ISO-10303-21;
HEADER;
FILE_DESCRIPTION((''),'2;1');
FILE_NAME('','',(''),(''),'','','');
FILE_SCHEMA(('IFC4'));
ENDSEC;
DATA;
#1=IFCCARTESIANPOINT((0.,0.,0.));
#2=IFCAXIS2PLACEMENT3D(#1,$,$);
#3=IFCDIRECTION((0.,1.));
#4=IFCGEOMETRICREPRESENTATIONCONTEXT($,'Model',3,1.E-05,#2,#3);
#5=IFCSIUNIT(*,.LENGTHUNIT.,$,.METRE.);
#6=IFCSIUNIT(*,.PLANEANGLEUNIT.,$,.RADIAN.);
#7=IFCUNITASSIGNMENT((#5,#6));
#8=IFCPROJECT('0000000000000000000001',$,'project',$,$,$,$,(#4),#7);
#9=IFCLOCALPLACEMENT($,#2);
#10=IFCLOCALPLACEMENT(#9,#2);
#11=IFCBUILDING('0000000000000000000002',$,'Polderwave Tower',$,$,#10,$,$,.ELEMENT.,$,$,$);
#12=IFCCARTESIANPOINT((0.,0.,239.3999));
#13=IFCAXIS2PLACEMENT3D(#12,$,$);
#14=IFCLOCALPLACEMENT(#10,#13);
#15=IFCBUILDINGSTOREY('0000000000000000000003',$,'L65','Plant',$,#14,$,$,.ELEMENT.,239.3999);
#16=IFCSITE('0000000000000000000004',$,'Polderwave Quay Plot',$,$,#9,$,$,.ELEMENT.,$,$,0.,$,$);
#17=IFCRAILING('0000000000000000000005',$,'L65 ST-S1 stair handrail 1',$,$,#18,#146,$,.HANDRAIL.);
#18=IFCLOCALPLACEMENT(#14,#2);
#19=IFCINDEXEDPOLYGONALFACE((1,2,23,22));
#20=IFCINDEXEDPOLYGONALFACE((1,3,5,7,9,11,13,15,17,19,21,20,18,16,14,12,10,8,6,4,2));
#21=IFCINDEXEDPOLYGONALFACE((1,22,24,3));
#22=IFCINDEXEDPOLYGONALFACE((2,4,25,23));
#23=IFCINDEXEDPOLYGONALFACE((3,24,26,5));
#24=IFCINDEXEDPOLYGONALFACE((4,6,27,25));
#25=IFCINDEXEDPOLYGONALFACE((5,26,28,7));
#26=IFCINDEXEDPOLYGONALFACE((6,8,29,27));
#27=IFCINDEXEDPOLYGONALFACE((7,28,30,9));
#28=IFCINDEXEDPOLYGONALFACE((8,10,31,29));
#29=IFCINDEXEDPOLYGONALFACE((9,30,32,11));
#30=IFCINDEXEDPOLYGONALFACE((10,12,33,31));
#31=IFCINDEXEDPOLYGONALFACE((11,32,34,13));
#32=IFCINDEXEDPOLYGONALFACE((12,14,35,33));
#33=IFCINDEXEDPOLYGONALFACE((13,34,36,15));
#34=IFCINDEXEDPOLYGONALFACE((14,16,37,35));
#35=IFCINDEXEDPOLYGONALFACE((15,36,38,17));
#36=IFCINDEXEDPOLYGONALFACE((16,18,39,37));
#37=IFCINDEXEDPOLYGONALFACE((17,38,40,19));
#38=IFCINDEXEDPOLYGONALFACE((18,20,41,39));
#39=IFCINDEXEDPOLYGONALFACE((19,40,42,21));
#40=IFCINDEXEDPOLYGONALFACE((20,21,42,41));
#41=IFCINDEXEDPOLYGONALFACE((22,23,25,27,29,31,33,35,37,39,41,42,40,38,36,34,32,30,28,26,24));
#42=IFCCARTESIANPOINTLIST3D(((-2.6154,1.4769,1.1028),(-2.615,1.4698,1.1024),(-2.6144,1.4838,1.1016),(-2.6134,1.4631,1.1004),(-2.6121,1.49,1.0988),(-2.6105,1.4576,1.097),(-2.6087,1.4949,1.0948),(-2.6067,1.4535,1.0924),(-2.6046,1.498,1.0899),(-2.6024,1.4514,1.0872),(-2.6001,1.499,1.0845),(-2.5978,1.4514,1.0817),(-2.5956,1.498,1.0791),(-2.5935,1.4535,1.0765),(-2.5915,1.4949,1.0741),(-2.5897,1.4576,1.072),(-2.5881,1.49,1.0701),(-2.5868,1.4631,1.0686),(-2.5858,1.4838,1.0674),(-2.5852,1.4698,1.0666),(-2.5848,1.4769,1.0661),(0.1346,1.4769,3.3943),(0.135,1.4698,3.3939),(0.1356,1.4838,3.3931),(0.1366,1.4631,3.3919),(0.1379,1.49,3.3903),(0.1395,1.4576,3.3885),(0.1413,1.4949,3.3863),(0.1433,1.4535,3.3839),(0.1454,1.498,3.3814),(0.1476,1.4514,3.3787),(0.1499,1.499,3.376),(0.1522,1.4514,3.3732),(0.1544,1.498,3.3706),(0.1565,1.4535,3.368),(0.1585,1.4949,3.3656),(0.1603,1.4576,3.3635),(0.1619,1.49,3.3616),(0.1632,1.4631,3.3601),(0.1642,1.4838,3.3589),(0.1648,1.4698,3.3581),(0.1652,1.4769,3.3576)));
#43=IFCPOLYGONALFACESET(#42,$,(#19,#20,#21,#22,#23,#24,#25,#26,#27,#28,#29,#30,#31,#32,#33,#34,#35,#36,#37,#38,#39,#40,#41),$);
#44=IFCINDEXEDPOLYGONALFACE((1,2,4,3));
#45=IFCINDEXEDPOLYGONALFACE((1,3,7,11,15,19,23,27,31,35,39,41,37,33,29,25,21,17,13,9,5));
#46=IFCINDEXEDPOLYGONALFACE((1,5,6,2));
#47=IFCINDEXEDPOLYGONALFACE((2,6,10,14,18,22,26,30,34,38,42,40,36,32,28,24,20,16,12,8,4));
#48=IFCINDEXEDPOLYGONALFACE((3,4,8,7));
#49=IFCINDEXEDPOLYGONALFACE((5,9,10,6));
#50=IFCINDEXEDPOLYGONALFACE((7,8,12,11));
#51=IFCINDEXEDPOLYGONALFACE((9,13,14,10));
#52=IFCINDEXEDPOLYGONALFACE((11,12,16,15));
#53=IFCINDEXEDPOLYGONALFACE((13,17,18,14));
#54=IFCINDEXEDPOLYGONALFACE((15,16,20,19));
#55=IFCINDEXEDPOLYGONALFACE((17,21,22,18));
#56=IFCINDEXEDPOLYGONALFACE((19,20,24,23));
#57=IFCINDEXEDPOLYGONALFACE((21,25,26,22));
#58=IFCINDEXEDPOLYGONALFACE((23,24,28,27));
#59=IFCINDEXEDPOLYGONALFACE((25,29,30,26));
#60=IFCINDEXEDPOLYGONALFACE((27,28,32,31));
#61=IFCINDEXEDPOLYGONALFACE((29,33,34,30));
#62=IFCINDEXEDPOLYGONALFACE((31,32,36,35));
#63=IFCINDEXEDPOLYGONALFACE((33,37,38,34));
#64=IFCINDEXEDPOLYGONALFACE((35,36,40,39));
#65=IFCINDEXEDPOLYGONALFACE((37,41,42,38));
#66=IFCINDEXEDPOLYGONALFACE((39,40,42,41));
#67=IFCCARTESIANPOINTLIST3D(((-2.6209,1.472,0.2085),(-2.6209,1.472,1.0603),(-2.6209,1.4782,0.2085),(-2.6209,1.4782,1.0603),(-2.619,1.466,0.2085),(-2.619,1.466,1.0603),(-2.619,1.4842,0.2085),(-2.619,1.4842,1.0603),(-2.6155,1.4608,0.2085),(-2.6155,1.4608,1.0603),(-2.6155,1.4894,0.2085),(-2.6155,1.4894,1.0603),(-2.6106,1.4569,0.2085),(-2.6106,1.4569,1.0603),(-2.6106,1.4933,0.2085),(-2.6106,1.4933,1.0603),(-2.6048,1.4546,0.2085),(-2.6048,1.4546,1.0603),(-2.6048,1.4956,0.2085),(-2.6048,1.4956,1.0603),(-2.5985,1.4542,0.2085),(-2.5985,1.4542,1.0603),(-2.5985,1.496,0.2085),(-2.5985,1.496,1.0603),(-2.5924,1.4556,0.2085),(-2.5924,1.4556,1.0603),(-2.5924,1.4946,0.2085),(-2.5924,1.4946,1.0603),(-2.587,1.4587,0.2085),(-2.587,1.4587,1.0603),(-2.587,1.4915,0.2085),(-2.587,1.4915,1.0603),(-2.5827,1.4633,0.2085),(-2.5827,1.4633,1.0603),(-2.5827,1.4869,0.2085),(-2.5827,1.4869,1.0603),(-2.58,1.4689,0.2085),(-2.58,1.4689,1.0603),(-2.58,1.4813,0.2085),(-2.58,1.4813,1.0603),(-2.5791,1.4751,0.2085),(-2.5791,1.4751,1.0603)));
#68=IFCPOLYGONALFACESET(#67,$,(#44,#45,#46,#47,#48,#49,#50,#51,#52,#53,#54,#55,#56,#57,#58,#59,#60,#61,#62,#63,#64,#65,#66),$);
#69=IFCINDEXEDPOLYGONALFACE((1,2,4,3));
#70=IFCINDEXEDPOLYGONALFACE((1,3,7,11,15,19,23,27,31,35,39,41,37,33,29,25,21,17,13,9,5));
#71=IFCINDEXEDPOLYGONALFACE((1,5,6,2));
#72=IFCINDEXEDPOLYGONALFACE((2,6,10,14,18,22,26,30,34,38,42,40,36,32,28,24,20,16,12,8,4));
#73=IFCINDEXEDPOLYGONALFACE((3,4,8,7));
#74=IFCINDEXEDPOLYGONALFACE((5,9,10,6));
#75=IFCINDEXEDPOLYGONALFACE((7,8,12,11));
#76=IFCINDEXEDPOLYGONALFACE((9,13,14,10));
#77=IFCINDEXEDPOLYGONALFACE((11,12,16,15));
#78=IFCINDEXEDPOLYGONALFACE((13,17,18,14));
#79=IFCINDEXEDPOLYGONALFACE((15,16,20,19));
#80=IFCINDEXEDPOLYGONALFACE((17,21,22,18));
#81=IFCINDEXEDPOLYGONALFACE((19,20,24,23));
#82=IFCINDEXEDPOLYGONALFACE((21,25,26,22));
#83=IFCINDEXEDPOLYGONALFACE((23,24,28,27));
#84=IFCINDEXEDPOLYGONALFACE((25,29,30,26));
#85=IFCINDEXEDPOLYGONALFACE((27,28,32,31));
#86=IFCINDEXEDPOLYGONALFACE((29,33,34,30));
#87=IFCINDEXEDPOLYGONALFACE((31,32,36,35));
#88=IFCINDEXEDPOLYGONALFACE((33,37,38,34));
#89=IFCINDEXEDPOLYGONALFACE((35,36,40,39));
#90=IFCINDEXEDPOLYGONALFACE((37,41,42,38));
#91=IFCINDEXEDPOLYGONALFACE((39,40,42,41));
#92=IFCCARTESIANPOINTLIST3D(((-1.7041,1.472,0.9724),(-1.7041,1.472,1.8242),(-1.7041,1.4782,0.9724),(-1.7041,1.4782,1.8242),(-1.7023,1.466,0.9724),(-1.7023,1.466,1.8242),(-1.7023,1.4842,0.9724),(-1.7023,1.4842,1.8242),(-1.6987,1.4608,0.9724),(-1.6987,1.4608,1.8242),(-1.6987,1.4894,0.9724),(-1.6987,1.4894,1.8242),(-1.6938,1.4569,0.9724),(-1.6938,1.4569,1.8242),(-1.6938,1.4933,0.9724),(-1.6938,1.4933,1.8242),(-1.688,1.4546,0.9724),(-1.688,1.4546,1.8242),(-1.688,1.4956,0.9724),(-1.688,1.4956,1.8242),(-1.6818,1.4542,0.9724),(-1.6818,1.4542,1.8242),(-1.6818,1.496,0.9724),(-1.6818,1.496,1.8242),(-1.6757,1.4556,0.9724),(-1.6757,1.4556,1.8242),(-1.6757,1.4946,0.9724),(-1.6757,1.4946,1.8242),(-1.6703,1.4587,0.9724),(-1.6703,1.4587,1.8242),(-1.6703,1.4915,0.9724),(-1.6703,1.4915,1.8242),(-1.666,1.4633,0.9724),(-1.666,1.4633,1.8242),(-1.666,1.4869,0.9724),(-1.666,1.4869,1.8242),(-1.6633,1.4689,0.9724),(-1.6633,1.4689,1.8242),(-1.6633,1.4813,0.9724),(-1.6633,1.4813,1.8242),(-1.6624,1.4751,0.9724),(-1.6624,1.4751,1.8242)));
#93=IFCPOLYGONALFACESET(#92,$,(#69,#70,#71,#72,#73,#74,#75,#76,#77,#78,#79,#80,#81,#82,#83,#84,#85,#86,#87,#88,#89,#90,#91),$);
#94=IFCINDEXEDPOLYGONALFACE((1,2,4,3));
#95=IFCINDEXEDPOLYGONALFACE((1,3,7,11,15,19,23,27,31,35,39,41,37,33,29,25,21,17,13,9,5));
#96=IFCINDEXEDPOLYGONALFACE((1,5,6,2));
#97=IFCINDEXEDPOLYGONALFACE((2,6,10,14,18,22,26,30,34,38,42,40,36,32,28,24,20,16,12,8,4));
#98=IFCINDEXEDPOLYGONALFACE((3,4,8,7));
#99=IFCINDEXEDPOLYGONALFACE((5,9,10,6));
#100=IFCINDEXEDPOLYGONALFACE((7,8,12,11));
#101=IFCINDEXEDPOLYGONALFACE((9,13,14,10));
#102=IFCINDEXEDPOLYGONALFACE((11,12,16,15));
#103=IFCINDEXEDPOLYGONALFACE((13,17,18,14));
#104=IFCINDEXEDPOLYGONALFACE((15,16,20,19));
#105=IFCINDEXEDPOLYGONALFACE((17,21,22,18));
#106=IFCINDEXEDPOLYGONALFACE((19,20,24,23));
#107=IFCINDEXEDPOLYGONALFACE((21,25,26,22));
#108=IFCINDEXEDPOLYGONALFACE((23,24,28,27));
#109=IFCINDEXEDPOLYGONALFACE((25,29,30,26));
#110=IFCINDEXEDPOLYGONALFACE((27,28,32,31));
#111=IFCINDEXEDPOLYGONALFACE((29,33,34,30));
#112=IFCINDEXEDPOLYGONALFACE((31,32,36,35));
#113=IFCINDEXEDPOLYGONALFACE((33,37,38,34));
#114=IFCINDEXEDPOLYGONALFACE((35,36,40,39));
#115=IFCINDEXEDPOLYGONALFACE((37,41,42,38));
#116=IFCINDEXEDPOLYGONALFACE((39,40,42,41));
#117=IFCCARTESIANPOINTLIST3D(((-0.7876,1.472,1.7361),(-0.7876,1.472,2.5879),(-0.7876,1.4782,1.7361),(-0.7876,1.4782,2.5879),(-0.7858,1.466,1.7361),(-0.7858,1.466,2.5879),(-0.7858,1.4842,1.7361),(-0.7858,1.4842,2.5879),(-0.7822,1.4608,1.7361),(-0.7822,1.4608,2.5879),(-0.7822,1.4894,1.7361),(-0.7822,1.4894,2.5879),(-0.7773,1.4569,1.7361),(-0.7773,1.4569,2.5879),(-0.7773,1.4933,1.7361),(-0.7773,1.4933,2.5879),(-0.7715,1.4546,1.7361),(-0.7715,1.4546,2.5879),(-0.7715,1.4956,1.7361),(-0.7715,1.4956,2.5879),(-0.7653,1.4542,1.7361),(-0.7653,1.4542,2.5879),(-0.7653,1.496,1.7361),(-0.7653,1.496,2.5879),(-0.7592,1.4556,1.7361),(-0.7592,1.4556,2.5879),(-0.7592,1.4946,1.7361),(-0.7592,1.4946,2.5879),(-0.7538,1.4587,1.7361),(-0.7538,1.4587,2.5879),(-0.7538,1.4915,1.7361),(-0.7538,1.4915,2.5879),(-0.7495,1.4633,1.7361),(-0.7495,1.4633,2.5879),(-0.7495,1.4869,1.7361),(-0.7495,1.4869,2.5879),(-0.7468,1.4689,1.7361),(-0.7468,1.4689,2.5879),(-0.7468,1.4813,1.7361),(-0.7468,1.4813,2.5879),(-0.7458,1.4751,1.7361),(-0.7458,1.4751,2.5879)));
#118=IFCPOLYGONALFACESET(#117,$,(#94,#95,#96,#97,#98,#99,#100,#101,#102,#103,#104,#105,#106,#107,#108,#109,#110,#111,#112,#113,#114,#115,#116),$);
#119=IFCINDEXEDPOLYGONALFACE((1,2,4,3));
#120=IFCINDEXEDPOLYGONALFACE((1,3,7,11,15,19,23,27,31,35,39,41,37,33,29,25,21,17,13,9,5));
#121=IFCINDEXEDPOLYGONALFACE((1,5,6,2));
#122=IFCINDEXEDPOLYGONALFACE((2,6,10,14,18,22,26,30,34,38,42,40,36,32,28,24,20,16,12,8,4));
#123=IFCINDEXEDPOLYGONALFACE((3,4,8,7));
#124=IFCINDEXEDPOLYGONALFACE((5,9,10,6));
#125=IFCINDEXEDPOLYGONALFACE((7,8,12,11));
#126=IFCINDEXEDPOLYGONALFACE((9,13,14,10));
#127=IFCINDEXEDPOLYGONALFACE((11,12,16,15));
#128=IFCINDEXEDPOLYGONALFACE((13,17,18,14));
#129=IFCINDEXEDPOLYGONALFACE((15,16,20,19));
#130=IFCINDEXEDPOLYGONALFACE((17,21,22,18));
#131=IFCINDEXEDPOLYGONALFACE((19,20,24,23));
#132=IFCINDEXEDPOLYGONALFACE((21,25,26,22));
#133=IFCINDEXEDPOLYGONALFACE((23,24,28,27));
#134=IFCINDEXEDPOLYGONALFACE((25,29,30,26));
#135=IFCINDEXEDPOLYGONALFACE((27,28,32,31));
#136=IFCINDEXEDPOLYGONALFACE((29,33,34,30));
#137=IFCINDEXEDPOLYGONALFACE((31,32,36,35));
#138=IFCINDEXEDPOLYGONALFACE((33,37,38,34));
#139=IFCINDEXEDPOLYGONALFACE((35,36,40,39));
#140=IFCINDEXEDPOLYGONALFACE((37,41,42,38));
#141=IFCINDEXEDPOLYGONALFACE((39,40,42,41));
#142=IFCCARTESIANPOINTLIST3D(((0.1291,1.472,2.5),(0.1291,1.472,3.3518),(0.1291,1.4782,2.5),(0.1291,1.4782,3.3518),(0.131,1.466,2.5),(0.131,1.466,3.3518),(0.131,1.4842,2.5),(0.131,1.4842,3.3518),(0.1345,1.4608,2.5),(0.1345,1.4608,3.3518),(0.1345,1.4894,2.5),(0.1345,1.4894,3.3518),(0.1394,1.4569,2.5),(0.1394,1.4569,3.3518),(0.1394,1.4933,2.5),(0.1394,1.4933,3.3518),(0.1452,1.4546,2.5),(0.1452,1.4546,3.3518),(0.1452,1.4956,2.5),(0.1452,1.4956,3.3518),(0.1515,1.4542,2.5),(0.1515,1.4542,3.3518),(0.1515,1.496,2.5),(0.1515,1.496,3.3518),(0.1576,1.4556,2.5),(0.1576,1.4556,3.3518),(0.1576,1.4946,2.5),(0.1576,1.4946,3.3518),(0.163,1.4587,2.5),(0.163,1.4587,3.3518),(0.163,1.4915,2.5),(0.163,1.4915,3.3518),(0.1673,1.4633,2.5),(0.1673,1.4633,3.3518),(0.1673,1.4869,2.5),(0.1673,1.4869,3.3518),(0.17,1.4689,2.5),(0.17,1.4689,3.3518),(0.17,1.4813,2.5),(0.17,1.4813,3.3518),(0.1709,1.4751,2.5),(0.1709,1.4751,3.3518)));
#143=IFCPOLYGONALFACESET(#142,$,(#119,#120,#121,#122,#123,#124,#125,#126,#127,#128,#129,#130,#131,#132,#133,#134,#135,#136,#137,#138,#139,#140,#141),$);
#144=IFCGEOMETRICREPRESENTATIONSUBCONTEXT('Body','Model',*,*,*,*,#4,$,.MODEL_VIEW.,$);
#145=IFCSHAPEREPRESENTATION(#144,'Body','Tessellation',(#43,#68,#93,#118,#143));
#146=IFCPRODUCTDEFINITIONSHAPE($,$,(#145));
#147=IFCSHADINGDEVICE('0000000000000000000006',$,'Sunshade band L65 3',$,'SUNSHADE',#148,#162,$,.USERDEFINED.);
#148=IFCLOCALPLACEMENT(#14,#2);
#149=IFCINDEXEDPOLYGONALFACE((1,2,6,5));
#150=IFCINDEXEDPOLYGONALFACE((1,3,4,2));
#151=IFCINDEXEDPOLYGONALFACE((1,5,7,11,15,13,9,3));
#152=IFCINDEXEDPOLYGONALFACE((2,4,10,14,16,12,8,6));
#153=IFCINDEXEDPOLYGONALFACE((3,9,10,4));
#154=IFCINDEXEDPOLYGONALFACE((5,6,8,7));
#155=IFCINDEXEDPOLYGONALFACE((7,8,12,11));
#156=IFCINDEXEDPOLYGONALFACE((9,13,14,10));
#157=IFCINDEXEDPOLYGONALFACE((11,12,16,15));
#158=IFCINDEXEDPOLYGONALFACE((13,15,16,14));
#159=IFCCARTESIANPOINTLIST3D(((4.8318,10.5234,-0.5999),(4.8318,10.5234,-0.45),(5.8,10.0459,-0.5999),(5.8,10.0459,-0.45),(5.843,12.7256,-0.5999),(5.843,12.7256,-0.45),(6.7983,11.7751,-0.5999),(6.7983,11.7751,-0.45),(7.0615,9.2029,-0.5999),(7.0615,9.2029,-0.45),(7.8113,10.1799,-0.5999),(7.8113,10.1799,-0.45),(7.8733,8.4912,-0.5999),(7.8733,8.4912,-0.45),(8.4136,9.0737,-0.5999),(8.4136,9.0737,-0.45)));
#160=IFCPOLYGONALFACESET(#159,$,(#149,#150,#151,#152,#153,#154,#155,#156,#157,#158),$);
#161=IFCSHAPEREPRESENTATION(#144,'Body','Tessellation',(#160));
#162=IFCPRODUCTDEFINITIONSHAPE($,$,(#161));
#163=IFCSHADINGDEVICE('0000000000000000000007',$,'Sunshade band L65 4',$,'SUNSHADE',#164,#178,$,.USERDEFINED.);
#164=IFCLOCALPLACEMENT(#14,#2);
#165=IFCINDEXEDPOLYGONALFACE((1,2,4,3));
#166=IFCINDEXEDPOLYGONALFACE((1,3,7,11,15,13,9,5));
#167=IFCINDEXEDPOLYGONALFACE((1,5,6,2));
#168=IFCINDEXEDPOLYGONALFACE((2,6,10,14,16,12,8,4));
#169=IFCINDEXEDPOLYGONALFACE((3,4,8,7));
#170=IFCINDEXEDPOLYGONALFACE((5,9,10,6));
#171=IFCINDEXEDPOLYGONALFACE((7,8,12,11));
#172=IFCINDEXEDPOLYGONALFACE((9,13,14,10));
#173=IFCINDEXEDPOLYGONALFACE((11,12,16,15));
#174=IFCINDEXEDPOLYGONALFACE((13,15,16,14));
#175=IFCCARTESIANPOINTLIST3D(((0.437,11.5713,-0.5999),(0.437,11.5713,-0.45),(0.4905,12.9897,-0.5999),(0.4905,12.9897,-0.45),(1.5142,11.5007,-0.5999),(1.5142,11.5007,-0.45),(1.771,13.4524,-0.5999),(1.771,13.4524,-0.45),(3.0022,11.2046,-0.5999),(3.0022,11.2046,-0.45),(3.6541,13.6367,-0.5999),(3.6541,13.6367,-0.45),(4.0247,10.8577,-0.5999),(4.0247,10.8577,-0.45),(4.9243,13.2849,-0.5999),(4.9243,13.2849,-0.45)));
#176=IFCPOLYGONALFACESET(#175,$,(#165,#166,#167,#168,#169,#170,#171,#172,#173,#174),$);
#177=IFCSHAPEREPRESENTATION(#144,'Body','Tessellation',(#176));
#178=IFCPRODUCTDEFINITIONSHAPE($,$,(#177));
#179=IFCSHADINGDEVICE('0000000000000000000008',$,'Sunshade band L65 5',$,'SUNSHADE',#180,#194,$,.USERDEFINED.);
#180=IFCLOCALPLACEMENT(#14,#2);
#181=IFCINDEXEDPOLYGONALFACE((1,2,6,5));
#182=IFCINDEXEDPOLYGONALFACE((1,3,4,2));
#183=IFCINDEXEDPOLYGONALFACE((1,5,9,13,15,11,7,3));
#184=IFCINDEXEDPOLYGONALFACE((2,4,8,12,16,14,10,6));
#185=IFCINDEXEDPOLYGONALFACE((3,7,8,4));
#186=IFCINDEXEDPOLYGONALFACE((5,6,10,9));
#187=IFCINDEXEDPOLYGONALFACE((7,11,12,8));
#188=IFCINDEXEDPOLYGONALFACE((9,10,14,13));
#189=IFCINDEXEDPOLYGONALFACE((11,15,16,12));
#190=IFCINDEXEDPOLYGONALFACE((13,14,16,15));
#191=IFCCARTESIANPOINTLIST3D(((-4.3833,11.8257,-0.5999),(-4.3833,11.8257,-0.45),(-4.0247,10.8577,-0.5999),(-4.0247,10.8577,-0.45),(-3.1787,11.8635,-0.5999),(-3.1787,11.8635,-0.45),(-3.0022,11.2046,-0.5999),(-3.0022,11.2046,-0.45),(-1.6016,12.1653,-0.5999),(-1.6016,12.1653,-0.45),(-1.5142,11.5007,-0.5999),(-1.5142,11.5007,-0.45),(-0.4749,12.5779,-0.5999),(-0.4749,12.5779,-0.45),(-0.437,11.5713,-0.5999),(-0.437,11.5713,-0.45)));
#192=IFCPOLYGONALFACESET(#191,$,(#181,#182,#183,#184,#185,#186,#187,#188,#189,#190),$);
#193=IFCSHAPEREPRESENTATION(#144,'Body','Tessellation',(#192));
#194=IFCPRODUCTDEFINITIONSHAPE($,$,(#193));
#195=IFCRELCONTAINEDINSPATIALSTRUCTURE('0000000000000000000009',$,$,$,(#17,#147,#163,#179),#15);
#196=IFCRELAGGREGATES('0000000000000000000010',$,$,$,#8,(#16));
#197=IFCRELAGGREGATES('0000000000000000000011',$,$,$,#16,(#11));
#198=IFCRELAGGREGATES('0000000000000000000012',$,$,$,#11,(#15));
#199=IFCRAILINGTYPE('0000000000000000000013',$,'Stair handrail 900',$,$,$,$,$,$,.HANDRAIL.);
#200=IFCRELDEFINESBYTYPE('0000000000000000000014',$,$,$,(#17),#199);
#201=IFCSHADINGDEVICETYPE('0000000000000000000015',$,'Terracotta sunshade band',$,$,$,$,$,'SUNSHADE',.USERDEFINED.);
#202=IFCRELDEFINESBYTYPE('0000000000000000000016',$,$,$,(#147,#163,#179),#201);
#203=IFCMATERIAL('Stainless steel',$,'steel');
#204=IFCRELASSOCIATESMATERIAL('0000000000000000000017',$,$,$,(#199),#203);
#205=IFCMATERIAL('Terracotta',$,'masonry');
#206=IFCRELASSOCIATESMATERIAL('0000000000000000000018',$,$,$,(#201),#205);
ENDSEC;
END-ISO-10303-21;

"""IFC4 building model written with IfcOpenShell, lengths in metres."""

from ifc_helpers import new_model, si_unit, direction, frame, origin, origin_2d, place, context, subcontext, project, spatial, polyline, circle, outline, extrude, material, type_object, element, save


model = new_model("IFC4")

# Units and contexts
model_context = context("Model", 3, precision=1e-05, world=origin(), true_north=direction((0.0, 1.0)))
body_context = subcontext(model_context, "Body", "Model", "MODEL_VIEW")
ifc_project = project(units=[si_unit("LENGTHUNIT", "METRE"), si_unit("PLANEANGLEUNIT", "RADIAN")], contexts=[model_context])

# Site, building, storey
site_placement = place(None, origin())
site = spatial("IfcSite", under=ifc_project, at=site_placement, Name="Polderwave Quay Plot", CompositionType="ELEMENT", RefElevation=0.0)
building_placement = place(site_placement, origin())
building = spatial("IfcBuilding", under=site, at=building_placement, Name="Polderwave Tower", CompositionType="ELEMENT")
storey_placement = place(building_placement, frame((0.0, 0.0, 239.3999)))
storey = spatial("IfcBuildingStorey", under=building, at=storey_placement, Name="L65", Description="Plant", CompositionType="ELEMENT", Elevation=239.3999)

# Railing
ifc_material_1 = material(Name="Stainless steel", Category="steel")
railing_type_1 = type_object("IfcRailingType", Name="Stair handrail 900", PredefinedType="HANDRAIL", material=ifc_material_1)
railing_1_placement = place(storey_placement, frame((-2.6001, 1.4751, 0.2085)))
element("IfcRailing", 1, at=railing_1_placement, inside=storey, type_object=railing_type_1, Name="L65 ST-S1 stair handrail 1", PredefinedType="HANDRAIL", context=body_context, shape_type="SweptSolid", body=[
    extrude(circle(Radius=0.0239, at=origin_2d()), frame((0.0, 0.0, 0.876), z_axis=(0.768244, 0.0, 0.640158), x_axis=(0.0, 1.0, 0.0)), (0.0, 0.0, 1.0), 3.5796),
    extrude(circle(Radius=0.021, at=origin_2d()), origin(), (0.0, 0.0, 1.0), 0.8518),
    extrude(circle(Radius=0.021, at=origin_2d()), frame((0.9167, 0.0, 0.7639)), (0.0, 0.0, 1.0), 0.8518),
    extrude(circle(Radius=0.021, at=origin_2d()), frame((1.8333, 0.0, 1.5276)), (0.0, 0.0, 1.0), 0.8518),
    extrude(circle(Radius=0.021, at=origin_2d()), frame((2.75, 0.0, 2.2915)), (0.0, 0.0, 1.0), 0.8518),
])

# Shading devices
ifc_material_2 = material(Name="Terracotta", Category="masonry")
shading_device_type = type_object("IfcShadingDeviceType", Name="Terracotta sunshade band", ElementType="SUNSHADE", PredefinedType="USERDEFINED", material=ifc_material_2)
shading_device_1_placement = place(storey_placement, frame((0.0, 0.0, -0.5999)))
element("IfcShadingDevice", 2, at=shading_device_1_placement, inside=storey, type_object=shading_device_type, Name="Sunshade band L65 3", ObjectType="SUNSHADE", PredefinedType="USERDEFINED", context=body_context, shape_type="SweptSolid", body=[
    extrude(outline(polyline([(7.8733, 8.4912), (7.0615, 9.2029), (5.8, 10.0459), (4.8318, 10.5234), (5.843, 12.7256), (6.7983, 11.7751), (7.8113, 10.1799), (8.4136, 9.0737), (7.8733, 8.4912)])), origin(), (0.0, 0.0, 1.0), 0.1499),
])
shading_device_2_placement = place(storey_placement, frame((0.0, 0.0, -0.5999)))
element("IfcShadingDevice", 3, at=shading_device_2_placement, inside=storey, type_object=shading_device_type, Name="Sunshade band L65 4", ObjectType="SUNSHADE", PredefinedType="USERDEFINED", context=body_context, shape_type="SweptSolid", body=[
    extrude(outline(polyline([(4.0247, 10.8577), (3.0022, 11.2046), (1.5142, 11.5007), (0.437, 11.5713), (0.4905, 12.9897), (1.771, 13.4524), (3.6541, 13.6367), (4.9243, 13.2849), (4.0247, 10.8577)])), origin(), (0.0, 0.0, 1.0), 0.1499),
])
shading_device_3_placement = place(storey_placement, frame((0.0, 0.0, -0.5999)))
element("IfcShadingDevice", 4, at=shading_device_3_placement, inside=storey, type_object=shading_device_type, Name="Sunshade band L65 5", ObjectType="SUNSHADE", PredefinedType="USERDEFINED", context=body_context, shape_type="SweptSolid", body=[
    extrude(outline(polyline([(-0.437, 11.5713), (-1.5142, 11.5007), (-3.0022, 11.2046), (-4.0247, 10.8577), (-4.3833, 11.8257), (-3.1787, 11.8635), (-1.6016, 12.1653), (-0.4749, 12.5779), (-0.437, 11.5713)])), origin(), (0.0, 0.0, 1.0), 0.1499),
])

save(model, "model.ifc")
